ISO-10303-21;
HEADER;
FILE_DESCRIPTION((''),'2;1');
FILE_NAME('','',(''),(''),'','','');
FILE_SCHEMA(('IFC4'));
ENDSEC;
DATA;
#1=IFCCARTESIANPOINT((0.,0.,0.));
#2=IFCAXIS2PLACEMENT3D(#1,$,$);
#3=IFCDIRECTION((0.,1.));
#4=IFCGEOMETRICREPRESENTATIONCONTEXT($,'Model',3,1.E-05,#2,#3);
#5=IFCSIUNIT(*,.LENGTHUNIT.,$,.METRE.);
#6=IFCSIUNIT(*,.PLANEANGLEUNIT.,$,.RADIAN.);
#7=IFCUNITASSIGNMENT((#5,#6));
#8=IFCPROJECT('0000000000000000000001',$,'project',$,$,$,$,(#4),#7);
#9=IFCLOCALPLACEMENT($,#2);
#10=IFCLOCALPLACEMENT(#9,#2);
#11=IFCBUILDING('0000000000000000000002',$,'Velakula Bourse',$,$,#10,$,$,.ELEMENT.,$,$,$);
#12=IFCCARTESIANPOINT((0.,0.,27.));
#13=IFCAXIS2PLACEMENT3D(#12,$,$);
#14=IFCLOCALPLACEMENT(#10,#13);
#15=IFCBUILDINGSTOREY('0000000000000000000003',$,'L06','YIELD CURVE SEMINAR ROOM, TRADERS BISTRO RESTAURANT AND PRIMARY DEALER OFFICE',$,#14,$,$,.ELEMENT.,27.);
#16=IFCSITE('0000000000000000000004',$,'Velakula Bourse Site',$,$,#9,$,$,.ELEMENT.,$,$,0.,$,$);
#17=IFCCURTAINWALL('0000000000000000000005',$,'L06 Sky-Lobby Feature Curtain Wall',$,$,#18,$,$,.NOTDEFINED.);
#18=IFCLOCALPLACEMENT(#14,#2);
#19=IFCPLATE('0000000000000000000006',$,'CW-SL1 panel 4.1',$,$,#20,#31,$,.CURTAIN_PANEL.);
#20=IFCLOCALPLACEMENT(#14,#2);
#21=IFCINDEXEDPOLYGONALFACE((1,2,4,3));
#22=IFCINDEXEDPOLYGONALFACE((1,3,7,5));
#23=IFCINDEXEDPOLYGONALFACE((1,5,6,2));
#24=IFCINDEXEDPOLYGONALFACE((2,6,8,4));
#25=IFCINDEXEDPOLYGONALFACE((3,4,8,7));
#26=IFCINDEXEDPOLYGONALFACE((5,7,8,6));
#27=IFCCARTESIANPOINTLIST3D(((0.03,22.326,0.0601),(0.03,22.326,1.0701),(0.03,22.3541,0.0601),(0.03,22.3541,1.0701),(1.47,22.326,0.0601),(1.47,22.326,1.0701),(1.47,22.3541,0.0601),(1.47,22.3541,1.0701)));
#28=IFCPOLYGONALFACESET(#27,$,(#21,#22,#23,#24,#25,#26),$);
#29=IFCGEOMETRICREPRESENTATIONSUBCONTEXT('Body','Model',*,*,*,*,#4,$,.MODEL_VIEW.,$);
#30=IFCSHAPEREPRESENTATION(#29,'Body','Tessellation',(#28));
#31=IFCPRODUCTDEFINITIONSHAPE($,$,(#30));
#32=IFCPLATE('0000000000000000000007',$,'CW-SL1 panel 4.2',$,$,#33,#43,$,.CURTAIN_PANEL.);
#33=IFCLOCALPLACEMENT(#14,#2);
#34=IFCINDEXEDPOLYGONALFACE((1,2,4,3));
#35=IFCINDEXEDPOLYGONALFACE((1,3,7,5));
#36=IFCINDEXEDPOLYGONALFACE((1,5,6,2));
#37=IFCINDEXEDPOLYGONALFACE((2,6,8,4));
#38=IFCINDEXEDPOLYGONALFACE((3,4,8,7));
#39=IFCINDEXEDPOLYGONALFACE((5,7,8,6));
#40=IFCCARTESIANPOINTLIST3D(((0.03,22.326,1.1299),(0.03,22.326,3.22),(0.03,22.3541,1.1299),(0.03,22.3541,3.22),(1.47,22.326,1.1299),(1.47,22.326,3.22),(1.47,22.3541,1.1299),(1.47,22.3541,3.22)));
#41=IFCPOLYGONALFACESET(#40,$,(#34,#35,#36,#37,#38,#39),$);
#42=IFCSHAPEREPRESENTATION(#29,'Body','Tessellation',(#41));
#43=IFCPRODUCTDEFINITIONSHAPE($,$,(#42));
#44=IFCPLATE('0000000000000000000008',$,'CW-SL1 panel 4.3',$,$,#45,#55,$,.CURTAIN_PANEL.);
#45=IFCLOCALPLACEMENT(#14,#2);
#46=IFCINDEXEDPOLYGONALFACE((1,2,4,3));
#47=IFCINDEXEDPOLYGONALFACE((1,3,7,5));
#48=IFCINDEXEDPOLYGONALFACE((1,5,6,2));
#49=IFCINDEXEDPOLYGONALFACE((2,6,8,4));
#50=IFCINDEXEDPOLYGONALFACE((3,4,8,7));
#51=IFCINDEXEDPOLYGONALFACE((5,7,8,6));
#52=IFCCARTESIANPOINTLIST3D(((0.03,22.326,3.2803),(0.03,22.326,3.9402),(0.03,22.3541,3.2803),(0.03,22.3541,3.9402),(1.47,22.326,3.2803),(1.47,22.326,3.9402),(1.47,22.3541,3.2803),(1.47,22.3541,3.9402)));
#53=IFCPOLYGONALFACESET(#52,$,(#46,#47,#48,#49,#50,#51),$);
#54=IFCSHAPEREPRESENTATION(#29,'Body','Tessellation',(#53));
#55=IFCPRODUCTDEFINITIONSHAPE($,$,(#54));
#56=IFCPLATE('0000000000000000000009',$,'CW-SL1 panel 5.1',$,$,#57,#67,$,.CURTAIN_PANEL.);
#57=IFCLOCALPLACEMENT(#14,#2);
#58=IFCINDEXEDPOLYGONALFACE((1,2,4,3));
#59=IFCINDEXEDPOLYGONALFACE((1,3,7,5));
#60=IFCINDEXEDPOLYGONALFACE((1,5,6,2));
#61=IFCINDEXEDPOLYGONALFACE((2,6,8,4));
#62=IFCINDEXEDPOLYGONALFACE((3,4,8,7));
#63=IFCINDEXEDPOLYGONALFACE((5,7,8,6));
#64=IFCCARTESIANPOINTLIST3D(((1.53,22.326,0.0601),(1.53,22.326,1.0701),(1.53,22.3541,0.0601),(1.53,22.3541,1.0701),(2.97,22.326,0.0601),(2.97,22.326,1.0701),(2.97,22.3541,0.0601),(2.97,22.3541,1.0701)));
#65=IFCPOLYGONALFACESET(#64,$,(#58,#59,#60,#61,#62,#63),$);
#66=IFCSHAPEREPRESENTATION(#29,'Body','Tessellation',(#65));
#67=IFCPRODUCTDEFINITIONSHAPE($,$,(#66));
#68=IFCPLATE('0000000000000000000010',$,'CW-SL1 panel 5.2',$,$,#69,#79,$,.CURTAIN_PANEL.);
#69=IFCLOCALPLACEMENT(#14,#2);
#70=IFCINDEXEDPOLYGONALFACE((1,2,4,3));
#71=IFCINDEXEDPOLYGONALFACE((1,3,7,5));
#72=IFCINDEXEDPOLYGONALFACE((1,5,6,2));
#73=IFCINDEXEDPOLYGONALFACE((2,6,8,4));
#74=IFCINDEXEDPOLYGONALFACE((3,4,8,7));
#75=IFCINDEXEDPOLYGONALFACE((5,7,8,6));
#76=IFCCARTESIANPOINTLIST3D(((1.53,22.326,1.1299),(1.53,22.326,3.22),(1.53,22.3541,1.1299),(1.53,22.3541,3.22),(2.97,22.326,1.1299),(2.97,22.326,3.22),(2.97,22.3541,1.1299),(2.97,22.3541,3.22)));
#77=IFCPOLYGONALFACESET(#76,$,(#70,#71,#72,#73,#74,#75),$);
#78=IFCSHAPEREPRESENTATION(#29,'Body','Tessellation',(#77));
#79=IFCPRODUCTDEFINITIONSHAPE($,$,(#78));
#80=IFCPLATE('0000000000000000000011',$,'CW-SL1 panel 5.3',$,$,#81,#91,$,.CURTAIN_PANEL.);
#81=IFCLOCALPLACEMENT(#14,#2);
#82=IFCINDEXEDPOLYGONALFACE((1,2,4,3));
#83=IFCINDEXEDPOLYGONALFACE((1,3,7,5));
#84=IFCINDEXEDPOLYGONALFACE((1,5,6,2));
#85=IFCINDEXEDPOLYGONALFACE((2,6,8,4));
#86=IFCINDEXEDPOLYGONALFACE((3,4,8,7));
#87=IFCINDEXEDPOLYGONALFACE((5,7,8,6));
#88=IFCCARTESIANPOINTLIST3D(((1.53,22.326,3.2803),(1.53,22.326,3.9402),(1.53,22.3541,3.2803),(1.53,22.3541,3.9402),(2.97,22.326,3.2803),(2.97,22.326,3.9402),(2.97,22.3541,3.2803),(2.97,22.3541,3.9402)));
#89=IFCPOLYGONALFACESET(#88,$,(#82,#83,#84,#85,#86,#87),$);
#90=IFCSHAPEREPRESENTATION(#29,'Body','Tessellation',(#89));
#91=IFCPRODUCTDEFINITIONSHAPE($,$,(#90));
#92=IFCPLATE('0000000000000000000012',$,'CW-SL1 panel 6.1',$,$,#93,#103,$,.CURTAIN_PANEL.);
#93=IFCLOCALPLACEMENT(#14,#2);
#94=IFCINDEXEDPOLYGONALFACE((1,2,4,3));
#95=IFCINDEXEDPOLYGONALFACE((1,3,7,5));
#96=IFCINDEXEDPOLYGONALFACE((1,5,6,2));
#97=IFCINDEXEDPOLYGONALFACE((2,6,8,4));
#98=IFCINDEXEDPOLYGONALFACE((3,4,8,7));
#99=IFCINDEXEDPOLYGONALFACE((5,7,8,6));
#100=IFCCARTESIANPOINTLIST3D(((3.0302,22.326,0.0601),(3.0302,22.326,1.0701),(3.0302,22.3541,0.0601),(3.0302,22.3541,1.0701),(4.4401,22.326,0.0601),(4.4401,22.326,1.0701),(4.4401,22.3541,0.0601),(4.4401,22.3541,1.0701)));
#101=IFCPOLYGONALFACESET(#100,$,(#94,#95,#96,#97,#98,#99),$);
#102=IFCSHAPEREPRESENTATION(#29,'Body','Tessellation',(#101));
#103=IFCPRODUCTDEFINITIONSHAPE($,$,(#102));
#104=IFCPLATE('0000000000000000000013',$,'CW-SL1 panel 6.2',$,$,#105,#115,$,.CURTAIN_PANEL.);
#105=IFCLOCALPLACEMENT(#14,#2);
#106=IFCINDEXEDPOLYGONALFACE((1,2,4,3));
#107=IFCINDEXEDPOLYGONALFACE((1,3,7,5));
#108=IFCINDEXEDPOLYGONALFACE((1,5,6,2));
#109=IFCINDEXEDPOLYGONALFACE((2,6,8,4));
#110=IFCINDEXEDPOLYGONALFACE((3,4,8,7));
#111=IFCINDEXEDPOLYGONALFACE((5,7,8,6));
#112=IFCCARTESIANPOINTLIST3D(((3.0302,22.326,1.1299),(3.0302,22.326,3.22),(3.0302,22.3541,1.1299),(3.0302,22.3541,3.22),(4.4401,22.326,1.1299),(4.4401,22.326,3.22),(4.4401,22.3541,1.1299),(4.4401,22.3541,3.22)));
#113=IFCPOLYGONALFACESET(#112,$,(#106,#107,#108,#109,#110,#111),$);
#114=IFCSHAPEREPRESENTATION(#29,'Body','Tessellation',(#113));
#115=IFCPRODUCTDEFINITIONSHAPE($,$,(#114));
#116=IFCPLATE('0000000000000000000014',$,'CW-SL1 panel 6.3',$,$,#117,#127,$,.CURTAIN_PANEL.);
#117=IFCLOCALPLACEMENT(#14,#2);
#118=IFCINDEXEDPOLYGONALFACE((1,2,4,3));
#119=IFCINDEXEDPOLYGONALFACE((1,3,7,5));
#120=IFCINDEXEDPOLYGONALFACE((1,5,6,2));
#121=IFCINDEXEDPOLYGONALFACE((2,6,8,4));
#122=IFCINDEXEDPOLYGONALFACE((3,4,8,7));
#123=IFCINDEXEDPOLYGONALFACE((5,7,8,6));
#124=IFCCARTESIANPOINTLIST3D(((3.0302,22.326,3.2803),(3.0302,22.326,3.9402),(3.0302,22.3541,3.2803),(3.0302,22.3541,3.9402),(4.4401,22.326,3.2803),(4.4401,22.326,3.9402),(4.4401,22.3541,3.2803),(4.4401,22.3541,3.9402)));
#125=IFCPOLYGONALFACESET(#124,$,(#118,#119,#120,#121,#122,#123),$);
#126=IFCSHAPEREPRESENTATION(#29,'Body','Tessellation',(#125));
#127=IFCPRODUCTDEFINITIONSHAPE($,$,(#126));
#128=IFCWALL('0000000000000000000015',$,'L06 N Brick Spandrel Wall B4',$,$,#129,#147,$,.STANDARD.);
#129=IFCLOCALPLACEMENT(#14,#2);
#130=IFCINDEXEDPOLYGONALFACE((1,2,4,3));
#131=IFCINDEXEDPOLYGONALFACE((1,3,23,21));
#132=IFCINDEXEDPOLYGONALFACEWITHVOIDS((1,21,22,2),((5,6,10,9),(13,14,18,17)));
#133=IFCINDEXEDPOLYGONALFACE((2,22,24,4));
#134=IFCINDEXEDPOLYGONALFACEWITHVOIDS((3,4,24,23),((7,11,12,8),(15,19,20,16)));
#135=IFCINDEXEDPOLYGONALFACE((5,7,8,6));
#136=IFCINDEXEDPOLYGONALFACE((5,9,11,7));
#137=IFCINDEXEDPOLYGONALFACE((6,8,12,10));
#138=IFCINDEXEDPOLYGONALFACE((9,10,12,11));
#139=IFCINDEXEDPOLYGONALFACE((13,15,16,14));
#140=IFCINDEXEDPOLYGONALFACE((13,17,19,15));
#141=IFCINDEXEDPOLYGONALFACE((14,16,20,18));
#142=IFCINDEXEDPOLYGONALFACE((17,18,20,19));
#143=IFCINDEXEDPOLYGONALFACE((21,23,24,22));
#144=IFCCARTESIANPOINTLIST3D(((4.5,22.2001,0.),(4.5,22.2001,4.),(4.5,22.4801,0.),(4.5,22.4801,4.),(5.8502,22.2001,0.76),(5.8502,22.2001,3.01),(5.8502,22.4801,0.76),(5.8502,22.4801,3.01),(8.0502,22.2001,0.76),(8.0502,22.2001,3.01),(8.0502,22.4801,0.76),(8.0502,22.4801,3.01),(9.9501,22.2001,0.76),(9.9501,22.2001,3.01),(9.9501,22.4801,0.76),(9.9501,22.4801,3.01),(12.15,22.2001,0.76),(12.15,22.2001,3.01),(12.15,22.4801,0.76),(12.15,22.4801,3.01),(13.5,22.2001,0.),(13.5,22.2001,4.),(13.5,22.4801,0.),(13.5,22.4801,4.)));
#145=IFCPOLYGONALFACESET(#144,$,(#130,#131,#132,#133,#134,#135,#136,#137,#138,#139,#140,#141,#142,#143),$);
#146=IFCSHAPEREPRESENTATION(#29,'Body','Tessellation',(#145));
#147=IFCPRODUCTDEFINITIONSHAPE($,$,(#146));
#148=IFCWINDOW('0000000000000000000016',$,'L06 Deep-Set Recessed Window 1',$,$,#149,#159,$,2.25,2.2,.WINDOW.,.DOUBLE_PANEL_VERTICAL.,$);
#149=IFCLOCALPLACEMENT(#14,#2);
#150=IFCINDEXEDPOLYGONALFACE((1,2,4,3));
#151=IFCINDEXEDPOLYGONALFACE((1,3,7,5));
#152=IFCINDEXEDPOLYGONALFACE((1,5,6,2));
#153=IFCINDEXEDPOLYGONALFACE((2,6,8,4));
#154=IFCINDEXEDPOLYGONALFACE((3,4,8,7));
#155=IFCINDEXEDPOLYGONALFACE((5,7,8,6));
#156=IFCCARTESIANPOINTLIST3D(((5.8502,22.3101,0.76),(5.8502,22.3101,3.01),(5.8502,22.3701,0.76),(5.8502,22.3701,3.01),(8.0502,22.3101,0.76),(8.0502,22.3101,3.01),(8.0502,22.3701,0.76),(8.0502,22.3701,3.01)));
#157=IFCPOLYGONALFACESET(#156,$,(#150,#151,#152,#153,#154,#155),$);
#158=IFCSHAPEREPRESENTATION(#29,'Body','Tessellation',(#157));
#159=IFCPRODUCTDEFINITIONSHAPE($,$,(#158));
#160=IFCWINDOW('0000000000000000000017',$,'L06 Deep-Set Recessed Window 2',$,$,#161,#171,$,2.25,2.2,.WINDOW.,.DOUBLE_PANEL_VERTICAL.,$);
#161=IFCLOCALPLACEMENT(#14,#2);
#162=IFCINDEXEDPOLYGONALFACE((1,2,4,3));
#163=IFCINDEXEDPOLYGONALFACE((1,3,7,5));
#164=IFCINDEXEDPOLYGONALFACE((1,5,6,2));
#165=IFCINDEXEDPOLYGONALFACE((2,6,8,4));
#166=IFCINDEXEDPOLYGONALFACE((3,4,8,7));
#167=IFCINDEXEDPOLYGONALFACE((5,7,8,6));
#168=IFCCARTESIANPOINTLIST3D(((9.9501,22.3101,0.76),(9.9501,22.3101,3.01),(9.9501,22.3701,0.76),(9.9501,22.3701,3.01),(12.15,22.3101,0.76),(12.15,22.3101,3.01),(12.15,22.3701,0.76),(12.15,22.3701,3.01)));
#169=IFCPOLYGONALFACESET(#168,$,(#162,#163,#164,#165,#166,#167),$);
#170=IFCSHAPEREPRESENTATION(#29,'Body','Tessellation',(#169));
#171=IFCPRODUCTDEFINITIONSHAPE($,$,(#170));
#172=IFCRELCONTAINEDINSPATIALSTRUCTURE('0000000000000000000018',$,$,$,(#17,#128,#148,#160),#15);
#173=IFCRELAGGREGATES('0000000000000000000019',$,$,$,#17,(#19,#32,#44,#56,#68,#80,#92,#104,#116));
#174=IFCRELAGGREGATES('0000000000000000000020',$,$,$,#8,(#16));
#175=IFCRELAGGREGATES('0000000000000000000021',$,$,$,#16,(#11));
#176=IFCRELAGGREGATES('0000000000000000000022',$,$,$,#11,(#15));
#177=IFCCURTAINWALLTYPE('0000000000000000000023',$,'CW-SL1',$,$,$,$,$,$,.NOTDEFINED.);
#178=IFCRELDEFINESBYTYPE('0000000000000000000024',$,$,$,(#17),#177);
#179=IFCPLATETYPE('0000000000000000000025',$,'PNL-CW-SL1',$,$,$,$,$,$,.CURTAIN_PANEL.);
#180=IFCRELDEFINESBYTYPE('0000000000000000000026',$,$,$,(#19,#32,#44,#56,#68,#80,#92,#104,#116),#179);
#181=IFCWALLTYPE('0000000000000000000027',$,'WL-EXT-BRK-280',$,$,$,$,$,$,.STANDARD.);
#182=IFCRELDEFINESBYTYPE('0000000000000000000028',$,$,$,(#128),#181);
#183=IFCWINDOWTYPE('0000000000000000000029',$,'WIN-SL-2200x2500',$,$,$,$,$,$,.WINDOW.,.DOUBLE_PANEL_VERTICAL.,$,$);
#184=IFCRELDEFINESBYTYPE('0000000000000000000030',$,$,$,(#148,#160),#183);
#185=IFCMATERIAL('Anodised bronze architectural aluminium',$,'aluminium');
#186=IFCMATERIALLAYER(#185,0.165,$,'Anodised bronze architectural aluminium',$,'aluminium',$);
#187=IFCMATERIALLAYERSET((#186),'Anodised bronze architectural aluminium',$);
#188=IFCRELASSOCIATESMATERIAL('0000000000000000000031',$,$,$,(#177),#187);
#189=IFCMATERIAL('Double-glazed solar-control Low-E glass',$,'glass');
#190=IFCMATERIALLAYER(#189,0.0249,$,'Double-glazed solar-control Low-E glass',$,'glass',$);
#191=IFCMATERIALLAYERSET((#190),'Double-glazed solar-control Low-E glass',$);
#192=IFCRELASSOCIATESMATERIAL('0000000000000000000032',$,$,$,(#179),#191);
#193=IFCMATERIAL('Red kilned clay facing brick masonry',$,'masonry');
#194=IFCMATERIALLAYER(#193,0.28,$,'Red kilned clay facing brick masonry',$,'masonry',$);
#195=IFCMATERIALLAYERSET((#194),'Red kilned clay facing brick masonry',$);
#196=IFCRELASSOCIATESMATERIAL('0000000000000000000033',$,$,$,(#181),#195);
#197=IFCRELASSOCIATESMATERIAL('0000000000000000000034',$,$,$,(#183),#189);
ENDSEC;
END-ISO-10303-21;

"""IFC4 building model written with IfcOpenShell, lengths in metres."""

from ifc_helpers import new_model, si_unit, direction, frame, frame_2d, origin, origin_2d, place, context, subcontext, project, spatial, rectangle, extrude, material, layer, layer_set, type_object, element, fill, aggregate, save


model = new_model("IFC4")

# Units and contexts
model_context = context("Model", 3, precision=1e-05, world=origin(), true_north=direction((0.0, 1.0)))
body_context = subcontext(model_context, "Body", "Model", "MODEL_VIEW")
ifc_project = project(units=[si_unit("LENGTHUNIT", "METRE"), si_unit("PLANEANGLEUNIT", "RADIAN")], contexts=[model_context])

# Site, building, storey
site_placement = place(None, origin())
site = spatial("IfcSite", under=ifc_project, at=site_placement, Name="Velakula Bourse Site", CompositionType="ELEMENT", RefElevation=0.0)
building_placement = place(site_placement, origin())
building = spatial("IfcBuilding", under=site, at=building_placement, Name="Velakula Bourse", CompositionType="ELEMENT")
storey_placement = place(building_placement, frame((0.0, 0.0, 27.0)))
storey = spatial("IfcBuildingStorey", under=building, at=storey_placement, Name="L06", Description="YIELD CURVE SEMINAR ROOM, TRADERS BISTRO RESTAURANT AND PRIMARY DEALER OFFICE", CompositionType="ELEMENT", Elevation=27.0)

# Curtain wall, plates
ifc_material_1 = material(Name="Anodised bronze architectural aluminium", Category="aluminium")
ifc_layer_1 = layer(ifc_material_1, 0.165, Name="Anodised bronze architectural aluminium", Category="aluminium")
ifc_layer_set_1 = layer_set([ifc_layer_1], Name="Anodised bronze architectural aluminium")
curtain_wall_type = type_object("IfcCurtainWallType", Name="CW-SL1", PredefinedType="NOTDEFINED", material=ifc_layer_set_1)
curtain_wall_placement = place(storey_placement, origin())
curtain_wall = element("IfcCurtainWall", 1, at=curtain_wall_placement, inside=storey, type_object=curtain_wall_type, Name="L06 Sky-Lobby Feature Curtain Wall", PredefinedType="NOTDEFINED")
ifc_material_2 = material(Name="Double-glazed solar-control Low-E glass", Category="glass")
ifc_layer_2 = layer(ifc_material_2, 0.0249, Name="Double-glazed solar-control Low-E glass", Category="glass")
ifc_layer_set_2 = layer_set([ifc_layer_2], Name="Double-glazed solar-control Low-E glass")
plate_type = type_object("IfcPlateType", Name="PNL-CW-SL1", PredefinedType="CURTAIN_PANEL", material=ifc_layer_set_2)
plate_1_placement = place(storey_placement, frame((0.75, 22.3401, 0.0601), z_axis=(0.0, 0.0, 1.0), x_axis=(1.0, 0.0, 0.0)))
plate_1 = element("IfcPlate", 2, at=plate_1_placement, type_object=plate_type, Name="CW-SL1 panel 4.1", PredefinedType="CURTAIN_PANEL", context=body_context, shape_type="SweptSolid", body=[
    extrude(rectangle(XDim=1.4399, YDim=0.0281, at=origin_2d()), origin(), (0.0, 0.0, 1.0), 1.01),
])
plate_2_placement = place(storey_placement, frame((0.75, 22.3401, 1.1299), z_axis=(0.0, 0.0, 1.0), x_axis=(1.0, 0.0, 0.0)))
plate_2 = element("IfcPlate", 3, at=plate_2_placement, type_object=plate_type, Name="CW-SL1 panel 4.2", PredefinedType="CURTAIN_PANEL", context=body_context, shape_type="SweptSolid", body=[
    extrude(rectangle(XDim=1.4399, YDim=0.0281, at=origin_2d()), origin(), (0.0, 0.0, 1.0), 2.0901),
])
plate_3_placement = place(storey_placement, frame((0.75, 22.3401, 3.2803), z_axis=(0.0, 0.0, 1.0), x_axis=(1.0, 0.0, 0.0)))
plate_3 = element("IfcPlate", 4, at=plate_3_placement, type_object=plate_type, Name="CW-SL1 panel 4.3", PredefinedType="CURTAIN_PANEL", context=body_context, shape_type="SweptSolid", body=[
    extrude(rectangle(XDim=1.4399, YDim=0.0281, at=origin_2d()), origin(), (0.0, 0.0, 1.0), 0.6599),
])
plate_4_placement = place(storey_placement, frame((2.25, 22.3401, 0.0601), z_axis=(0.0, 0.0, 1.0), x_axis=(1.0, 0.0, 0.0)))
plate_4 = element("IfcPlate", 5, at=plate_4_placement, type_object=plate_type, Name="CW-SL1 panel 5.1", PredefinedType="CURTAIN_PANEL", context=body_context, shape_type="SweptSolid", body=[
    extrude(rectangle(XDim=1.4399, YDim=0.0281, at=origin_2d()), origin(), (0.0, 0.0, 1.0), 1.01),
])
plate_5_placement = place(storey_placement, frame((2.25, 22.3401, 1.1299), z_axis=(0.0, 0.0, 1.0), x_axis=(1.0, 0.0, 0.0)))
plate_5 = element("IfcPlate", 6, at=plate_5_placement, type_object=plate_type, Name="CW-SL1 panel 5.2", PredefinedType="CURTAIN_PANEL", context=body_context, shape_type="SweptSolid", body=[
    extrude(rectangle(XDim=1.4399, YDim=0.0281, at=origin_2d()), origin(), (0.0, 0.0, 1.0), 2.0901),
])
plate_6_placement = place(storey_placement, frame((2.25, 22.3401, 3.2803), z_axis=(0.0, 0.0, 1.0), x_axis=(1.0, 0.0, 0.0)))
plate_6 = element("IfcPlate", 7, at=plate_6_placement, type_object=plate_type, Name="CW-SL1 panel 5.3", PredefinedType="CURTAIN_PANEL", context=body_context, shape_type="SweptSolid", body=[
    extrude(rectangle(XDim=1.4399, YDim=0.0281, at=origin_2d()), origin(), (0.0, 0.0, 1.0), 0.6599),
])
plate_7_placement = place(storey_placement, frame((3.7351, 22.3401, 0.0601), z_axis=(0.0, 0.0, 1.0), x_axis=(1.0, 0.0, 0.0)))
plate_7 = element("IfcPlate", 8, at=plate_7_placement, type_object=plate_type, Name="CW-SL1 panel 6.1", PredefinedType="CURTAIN_PANEL", context=body_context, shape_type="SweptSolid", body=[
    extrude(rectangle(XDim=1.4099, YDim=0.0281, at=origin_2d()), origin(), (0.0, 0.0, 1.0), 1.01),
])
plate_8_placement = place(storey_placement, frame((3.7351, 22.3401, 1.1299), z_axis=(0.0, 0.0, 1.0), x_axis=(1.0, 0.0, 0.0)))
plate_8 = element("IfcPlate", 9, at=plate_8_placement, type_object=plate_type, Name="CW-SL1 panel 6.2", PredefinedType="CURTAIN_PANEL", context=body_context, shape_type="SweptSolid", body=[
    extrude(rectangle(XDim=1.4099, YDim=0.0281, at=origin_2d()), origin(), (0.0, 0.0, 1.0), 2.0901),
])
plate_9_placement = place(storey_placement, frame((3.7351, 22.3401, 3.2803), z_axis=(0.0, 0.0, 1.0), x_axis=(1.0, 0.0, 0.0)))
plate_9 = element("IfcPlate", 10, at=plate_9_placement, type_object=plate_type, Name="CW-SL1 panel 6.3", PredefinedType="CURTAIN_PANEL", context=body_context, shape_type="SweptSolid", body=[
    extrude(rectangle(XDim=1.4099, YDim=0.0281, at=origin_2d()), origin(), (0.0, 0.0, 1.0), 0.6599),
])
aggregate(curtain_wall, [plate_1, plate_2, plate_3, plate_4, plate_5, plate_6, plate_7, plate_8, plate_9])

# Wall, openings, windows
ifc_material_3 = material(Name="Red kilned clay facing brick masonry", Category="masonry")
ifc_layer_3 = layer(ifc_material_3, 0.28, Name="Red kilned clay facing brick masonry", Category="masonry")
ifc_layer_set_3 = layer_set([ifc_layer_3], Name="Red kilned clay facing brick masonry")
wall_type = type_object("IfcWallType", Name="WL-EXT-BRK-280", PredefinedType="STANDARD", material=ifc_layer_set_3)
wall_1_placement = place(storey_placement, frame((4.5, 22.3401, 0.0), z_axis=(0.0, 0.0, 1.0), x_axis=(1.0, 0.0, 0.0)))
wall_1 = element("IfcWall", 11, at=wall_1_placement, inside=storey, type_object=wall_type, Name="L06 N Brick Spandrel Wall B4", PredefinedType="STANDARD", context=body_context, shape_type="SweptSolid", body=[
    extrude(rectangle(XDim=9.0, YDim=0.28, at=frame_2d((4.5, 0.0))), origin(), (0.0, 0.0, 1.0), 4.0),
])
opening_1_placement = place(wall_1_placement, frame((1.3501, 0.0, 0.76)))
opening_1 = element("IfcOpeningElement", 12, at=opening_1_placement, cuts=wall_1, PredefinedType="OPENING", context=body_context, shape_type="SweptSolid", body=[
    extrude(rectangle(XDim=2.2, YDim=2.25, at=frame_2d((1.1001, 1.125))), frame((0.0, 0.1499, 0.0), z_axis=(0.0, -1.0, 0.0), x_axis=(1.0, 0.0, 0.0)), (0.0, 0.0, 1.0), 0.3),
])
opening_2_placement = place(wall_1_placement, frame((5.45, 0.0, 0.76)))
opening_2 = element("IfcOpeningElement", 13, at=opening_2_placement, cuts=wall_1, PredefinedType="OPENING", context=body_context, shape_type="SweptSolid", body=[
    extrude(rectangle(XDim=2.2, YDim=2.25, at=frame_2d((1.1001, 1.125))), frame((0.0, 0.1499, 0.0), z_axis=(0.0, -1.0, 0.0), x_axis=(1.0, 0.0, 0.0)), (0.0, 0.0, 1.0), 0.3),
])
window_type = type_object("IfcWindowType", Name="WIN-SL-2200x2500", PartitioningType="DOUBLE_PANEL_VERTICAL", PredefinedType="WINDOW", material=ifc_material_2)
window_1_placement = place(opening_1_placement, origin())
window_1 = element("IfcWindow", 14, at=window_1_placement, inside=storey, type_object=window_type, Name="L06 Deep-Set Recessed Window 1", OverallHeight=2.25, OverallWidth=2.2, PartitioningType="DOUBLE_PANEL_VERTICAL", PredefinedType="WINDOW", context=body_context, shape_type="SweptSolid", body=[
    extrude(rectangle(XDim=2.2, YDim=2.25, at=frame_2d((1.1001, 1.125))), frame((0.0, 0.03, 0.0), z_axis=(0.0, -1.0, 0.0), x_axis=(1.0, 0.0, 0.0)), (0.0, 0.0, 1.0), 0.0601),
])
fill(opening_1, window_1)
window_2_placement = place(opening_2_placement, origin())
window_2 = element("IfcWindow", 15, at=window_2_placement, inside=storey, type_object=window_type, Name="L06 Deep-Set Recessed Window 2", OverallHeight=2.25, OverallWidth=2.2, PartitioningType="DOUBLE_PANEL_VERTICAL", PredefinedType="WINDOW", context=body_context, shape_type="SweptSolid", body=[
    extrude(rectangle(XDim=2.2, YDim=2.25, at=frame_2d((1.1001, 1.125))), frame((0.0, 0.03, 0.0), z_axis=(0.0, -1.0, 0.0), x_axis=(1.0, 0.0, 0.0)), (0.0, 0.0, 1.0), 0.0601),
])
fill(opening_2, window_2)

save(model, "model.ifc")
